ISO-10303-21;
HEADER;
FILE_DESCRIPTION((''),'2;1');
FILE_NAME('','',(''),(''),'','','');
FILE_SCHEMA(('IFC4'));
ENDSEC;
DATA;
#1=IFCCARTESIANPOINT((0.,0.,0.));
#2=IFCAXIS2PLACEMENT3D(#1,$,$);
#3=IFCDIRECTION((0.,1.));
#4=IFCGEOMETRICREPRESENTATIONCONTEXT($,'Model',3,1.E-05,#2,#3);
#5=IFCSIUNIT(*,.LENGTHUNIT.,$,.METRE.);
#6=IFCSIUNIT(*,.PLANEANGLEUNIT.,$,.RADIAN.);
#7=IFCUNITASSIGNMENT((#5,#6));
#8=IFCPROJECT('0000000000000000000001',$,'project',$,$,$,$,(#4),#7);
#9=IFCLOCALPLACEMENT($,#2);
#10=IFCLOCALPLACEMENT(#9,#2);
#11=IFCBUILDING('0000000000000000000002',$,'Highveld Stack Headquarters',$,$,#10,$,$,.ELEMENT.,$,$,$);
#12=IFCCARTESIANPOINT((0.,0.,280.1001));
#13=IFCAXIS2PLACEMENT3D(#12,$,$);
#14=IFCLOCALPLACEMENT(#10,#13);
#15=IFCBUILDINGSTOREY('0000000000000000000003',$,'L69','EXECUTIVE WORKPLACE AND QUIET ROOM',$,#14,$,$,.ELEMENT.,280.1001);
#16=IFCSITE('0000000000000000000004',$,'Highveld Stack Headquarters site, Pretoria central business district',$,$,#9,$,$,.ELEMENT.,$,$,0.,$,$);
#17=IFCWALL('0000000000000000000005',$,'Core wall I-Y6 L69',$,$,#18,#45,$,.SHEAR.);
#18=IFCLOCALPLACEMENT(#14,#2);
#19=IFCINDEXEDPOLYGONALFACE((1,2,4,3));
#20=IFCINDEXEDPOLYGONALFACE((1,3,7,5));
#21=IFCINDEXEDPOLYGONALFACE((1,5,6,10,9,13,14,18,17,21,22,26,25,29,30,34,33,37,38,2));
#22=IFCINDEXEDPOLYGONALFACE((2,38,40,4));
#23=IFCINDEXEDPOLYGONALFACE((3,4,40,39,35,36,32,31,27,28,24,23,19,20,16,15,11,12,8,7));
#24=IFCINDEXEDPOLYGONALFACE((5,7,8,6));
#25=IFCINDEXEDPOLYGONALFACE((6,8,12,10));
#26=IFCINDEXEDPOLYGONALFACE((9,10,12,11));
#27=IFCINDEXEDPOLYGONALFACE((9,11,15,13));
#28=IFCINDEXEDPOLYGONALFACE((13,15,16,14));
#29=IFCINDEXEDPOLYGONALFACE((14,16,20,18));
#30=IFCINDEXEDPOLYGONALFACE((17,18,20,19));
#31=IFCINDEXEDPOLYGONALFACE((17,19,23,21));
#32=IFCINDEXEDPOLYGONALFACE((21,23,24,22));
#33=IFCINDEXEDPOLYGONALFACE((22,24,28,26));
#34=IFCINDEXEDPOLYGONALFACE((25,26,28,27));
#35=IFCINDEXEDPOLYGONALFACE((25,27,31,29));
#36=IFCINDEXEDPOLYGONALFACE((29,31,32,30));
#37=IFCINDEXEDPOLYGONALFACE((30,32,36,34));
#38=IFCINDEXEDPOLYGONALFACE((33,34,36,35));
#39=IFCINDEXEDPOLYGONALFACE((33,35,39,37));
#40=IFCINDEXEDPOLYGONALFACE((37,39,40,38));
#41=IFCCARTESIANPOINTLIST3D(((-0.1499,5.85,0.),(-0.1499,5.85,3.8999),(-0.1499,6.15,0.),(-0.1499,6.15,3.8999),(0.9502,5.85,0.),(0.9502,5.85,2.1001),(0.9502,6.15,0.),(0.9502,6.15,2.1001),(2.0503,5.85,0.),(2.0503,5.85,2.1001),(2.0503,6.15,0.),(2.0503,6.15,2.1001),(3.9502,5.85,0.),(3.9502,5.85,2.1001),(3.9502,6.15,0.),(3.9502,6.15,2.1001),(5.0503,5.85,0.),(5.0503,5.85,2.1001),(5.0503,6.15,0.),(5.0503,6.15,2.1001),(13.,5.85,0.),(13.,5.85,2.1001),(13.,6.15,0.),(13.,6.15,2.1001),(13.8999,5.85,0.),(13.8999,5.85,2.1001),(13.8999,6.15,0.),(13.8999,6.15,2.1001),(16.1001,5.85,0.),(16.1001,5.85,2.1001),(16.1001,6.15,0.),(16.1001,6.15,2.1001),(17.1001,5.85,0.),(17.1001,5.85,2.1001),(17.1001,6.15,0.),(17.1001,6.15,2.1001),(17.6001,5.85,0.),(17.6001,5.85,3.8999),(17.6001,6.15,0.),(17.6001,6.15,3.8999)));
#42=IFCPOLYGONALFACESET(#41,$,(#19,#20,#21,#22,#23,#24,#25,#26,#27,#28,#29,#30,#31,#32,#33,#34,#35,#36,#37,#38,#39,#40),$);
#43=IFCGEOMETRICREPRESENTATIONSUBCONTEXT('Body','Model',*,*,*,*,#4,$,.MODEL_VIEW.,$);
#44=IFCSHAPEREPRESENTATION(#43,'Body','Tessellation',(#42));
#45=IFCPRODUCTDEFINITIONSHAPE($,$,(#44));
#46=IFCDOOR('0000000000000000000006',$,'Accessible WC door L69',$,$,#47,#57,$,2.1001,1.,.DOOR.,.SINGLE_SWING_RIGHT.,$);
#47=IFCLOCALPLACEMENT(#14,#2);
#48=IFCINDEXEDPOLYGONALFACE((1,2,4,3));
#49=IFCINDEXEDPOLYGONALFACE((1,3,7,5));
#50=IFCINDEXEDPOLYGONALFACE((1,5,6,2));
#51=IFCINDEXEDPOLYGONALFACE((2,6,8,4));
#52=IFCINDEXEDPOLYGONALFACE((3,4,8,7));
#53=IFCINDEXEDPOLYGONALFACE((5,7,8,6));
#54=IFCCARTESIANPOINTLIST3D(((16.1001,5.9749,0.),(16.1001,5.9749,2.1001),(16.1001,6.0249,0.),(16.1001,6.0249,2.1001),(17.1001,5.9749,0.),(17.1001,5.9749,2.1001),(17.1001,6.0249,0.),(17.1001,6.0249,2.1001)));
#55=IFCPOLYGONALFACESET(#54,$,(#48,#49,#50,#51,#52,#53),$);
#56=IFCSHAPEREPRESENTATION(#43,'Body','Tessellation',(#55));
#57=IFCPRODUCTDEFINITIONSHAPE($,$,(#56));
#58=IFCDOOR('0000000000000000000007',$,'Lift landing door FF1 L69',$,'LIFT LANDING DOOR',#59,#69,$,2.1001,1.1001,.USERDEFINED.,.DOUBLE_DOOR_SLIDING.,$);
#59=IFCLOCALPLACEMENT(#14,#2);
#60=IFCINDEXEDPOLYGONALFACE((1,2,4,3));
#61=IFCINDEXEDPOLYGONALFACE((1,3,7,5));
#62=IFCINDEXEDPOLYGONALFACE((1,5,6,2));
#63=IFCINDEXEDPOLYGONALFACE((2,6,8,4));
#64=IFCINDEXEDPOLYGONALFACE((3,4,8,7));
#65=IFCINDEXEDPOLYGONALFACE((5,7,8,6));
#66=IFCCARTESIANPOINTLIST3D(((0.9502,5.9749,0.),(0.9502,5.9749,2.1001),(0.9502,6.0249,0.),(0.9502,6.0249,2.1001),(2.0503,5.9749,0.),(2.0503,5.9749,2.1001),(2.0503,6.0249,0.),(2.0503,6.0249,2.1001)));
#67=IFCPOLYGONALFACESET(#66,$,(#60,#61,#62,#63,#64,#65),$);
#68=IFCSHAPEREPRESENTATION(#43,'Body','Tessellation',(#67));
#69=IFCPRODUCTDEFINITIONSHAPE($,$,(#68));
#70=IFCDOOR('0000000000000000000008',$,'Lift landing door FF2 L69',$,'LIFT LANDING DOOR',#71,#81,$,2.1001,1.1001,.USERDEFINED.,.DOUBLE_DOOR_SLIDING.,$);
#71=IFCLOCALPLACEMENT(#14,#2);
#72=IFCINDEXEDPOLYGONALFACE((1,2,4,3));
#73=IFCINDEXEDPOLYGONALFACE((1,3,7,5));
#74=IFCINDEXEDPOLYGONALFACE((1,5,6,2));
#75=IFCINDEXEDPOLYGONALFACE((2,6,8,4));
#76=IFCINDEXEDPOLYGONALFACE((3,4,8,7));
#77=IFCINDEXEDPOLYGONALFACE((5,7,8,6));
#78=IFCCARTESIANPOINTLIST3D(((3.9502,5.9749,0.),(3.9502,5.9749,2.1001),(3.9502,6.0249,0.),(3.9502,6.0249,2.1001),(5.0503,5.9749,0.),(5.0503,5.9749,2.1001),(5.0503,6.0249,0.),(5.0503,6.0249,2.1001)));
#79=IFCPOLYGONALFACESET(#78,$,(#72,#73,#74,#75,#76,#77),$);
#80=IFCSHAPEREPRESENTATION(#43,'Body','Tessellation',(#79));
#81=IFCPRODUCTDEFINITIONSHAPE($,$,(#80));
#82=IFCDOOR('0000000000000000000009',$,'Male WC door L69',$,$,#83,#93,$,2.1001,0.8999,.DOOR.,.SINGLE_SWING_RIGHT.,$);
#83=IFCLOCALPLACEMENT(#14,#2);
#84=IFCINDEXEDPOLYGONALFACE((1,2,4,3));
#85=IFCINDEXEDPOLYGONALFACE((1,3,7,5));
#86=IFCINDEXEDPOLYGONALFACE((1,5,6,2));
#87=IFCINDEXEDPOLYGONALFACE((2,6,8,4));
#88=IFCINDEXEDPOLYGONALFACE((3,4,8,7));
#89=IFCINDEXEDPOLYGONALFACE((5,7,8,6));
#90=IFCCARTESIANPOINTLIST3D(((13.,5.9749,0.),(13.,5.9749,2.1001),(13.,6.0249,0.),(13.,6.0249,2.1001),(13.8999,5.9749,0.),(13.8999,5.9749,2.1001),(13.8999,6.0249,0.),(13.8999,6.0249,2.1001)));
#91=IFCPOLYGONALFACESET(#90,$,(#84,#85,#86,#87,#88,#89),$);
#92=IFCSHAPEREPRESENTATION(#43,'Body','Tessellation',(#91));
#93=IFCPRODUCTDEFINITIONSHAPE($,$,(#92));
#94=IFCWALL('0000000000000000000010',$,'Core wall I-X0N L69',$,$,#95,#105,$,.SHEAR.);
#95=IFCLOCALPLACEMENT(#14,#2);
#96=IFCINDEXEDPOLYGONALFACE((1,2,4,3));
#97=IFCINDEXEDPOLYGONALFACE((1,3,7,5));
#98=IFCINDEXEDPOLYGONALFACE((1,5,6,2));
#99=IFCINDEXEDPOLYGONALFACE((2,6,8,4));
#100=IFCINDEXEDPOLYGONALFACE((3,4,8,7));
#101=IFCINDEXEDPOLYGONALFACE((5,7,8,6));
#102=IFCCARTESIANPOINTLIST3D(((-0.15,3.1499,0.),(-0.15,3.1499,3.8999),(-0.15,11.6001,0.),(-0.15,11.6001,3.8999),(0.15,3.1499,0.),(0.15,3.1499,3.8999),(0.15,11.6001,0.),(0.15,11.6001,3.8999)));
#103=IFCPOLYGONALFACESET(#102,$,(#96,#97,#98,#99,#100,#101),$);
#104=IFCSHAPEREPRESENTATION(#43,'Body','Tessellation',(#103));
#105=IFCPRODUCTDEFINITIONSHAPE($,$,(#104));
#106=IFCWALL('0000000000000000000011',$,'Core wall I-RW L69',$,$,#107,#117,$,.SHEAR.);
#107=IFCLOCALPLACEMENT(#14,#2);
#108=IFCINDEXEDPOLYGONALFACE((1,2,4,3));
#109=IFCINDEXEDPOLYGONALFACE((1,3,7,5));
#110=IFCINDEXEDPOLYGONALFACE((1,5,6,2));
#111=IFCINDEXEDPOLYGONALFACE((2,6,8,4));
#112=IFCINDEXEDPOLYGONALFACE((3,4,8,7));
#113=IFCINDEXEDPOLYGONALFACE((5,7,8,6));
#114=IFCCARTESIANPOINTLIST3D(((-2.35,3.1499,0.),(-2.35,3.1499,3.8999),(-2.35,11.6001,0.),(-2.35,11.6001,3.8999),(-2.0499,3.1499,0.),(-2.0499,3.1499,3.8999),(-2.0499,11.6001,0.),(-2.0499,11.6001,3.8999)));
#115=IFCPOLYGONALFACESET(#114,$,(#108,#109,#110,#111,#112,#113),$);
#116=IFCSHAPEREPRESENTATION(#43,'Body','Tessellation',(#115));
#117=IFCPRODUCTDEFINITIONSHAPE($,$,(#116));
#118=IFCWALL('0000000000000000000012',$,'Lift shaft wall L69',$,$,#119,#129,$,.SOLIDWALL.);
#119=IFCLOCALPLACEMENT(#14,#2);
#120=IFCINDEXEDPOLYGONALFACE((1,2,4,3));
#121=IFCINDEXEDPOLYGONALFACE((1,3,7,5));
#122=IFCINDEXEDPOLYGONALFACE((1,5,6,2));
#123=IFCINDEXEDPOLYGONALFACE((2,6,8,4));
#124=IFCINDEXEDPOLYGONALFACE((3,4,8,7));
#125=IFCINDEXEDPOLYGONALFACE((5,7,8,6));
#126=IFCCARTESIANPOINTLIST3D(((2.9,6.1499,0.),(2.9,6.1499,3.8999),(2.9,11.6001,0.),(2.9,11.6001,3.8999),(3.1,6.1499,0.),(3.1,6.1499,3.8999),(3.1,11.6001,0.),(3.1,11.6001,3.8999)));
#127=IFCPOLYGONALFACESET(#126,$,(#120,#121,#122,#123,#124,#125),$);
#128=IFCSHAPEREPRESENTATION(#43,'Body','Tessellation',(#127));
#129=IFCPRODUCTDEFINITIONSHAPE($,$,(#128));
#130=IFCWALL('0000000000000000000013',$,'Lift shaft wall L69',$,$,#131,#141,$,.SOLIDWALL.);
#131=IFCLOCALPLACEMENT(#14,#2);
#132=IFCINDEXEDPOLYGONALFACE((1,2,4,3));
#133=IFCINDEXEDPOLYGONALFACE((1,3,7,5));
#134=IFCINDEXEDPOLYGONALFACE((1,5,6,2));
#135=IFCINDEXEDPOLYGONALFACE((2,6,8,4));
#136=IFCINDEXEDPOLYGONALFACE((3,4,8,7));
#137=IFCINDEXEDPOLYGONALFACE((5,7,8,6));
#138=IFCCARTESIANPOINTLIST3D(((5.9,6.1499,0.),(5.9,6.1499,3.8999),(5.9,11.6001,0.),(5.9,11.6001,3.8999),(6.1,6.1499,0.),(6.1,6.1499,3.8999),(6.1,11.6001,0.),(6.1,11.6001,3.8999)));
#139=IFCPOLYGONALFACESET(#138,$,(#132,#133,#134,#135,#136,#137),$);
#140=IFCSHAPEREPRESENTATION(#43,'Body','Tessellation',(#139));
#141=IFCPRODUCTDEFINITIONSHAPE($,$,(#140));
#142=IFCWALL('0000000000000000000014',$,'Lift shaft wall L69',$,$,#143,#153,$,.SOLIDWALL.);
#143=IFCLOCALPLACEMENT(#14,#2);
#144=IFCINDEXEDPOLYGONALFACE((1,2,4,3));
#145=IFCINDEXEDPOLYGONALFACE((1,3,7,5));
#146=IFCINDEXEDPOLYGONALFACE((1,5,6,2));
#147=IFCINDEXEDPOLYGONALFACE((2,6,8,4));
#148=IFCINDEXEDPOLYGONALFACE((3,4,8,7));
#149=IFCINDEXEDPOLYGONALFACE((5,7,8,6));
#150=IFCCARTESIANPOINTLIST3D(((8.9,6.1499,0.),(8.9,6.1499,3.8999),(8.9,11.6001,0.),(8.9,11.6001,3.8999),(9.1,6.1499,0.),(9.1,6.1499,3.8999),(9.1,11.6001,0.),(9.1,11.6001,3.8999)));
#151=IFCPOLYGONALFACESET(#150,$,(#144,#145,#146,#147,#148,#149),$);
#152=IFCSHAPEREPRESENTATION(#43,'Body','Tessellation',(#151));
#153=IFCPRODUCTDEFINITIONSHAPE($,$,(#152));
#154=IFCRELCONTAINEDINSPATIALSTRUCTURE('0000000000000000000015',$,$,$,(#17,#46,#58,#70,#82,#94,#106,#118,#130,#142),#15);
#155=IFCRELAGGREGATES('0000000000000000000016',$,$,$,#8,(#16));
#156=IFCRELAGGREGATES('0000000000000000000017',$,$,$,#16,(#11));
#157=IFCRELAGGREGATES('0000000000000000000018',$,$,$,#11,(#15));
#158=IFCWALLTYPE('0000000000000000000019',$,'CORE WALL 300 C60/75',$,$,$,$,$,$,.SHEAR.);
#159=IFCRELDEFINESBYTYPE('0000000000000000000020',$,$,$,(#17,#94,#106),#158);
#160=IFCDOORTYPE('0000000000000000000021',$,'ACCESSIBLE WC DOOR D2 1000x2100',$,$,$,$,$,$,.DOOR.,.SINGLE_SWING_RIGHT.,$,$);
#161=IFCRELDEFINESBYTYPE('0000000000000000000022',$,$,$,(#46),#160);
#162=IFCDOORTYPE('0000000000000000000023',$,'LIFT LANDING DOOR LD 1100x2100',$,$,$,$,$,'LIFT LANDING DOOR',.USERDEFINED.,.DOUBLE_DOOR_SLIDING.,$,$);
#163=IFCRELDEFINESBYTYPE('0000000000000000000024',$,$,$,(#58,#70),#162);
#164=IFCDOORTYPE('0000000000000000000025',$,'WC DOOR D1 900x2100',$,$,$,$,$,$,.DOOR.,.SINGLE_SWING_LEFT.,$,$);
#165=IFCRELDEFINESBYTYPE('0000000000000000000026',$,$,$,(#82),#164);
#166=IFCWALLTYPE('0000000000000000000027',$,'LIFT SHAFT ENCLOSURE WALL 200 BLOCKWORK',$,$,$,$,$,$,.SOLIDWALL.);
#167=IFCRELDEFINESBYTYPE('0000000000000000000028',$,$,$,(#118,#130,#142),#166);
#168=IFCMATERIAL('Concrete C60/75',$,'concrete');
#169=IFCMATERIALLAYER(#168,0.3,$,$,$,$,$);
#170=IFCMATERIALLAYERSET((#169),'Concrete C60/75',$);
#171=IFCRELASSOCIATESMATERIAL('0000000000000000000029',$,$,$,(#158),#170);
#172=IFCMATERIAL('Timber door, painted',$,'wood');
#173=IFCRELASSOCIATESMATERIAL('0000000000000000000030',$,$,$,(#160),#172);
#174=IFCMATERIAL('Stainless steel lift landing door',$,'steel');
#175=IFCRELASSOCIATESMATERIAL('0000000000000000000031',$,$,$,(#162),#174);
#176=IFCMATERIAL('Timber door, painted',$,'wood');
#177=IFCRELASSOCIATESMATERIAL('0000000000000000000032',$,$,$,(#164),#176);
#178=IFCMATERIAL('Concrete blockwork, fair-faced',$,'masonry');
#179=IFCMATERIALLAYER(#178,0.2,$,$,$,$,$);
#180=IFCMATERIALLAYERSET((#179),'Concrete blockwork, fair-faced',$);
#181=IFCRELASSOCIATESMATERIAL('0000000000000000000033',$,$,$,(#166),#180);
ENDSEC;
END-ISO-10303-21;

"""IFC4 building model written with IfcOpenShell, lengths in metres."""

from ifc_helpers import new_model, si_unit, direction, frame, frame_2d, origin, place, context, subcontext, project, spatial, rectangle, extrude, material, layer, layer_set, type_object, element, fill, save


model = new_model("IFC4")

# Units and contexts
model_context = context("Model", 3, precision=1e-05, world=origin(), true_north=direction((0.0, 1.0)))
body_context = subcontext(model_context, "Body", "Model", "MODEL_VIEW")
ifc_project = project(units=[si_unit("LENGTHUNIT", "METRE"), si_unit("PLANEANGLEUNIT", "RADIAN")], contexts=[model_context])

# Site, building, storey
site_placement = place(None, origin())
site = spatial("IfcSite", under=ifc_project, at=site_placement, Name="Highveld Stack Headquarters site, Pretoria central business district", CompositionType="ELEMENT", RefElevation=0.0)
building_placement = place(site_placement, origin())
building = spatial("IfcBuilding", under=site, at=building_placement, Name="Highveld Stack Headquarters", CompositionType="ELEMENT")
storey_placement = place(building_placement, frame((0.0, 0.0, 280.1001)))
storey = spatial("IfcBuildingStorey", under=building, at=storey_placement, Name="L69", Description="EXECUTIVE WORKPLACE AND QUIET ROOM", CompositionType="ELEMENT", Elevation=280.1001)

# Wall, openings, doors
ifc_material_1 = material(Name="Concrete C60/75", Category="concrete")
ifc_layer_1 = layer(ifc_material_1, 0.3)
ifc_layer_set_1 = layer_set([ifc_layer_1], Name="Concrete C60/75")
wall_type_1 = type_object("IfcWallType", Name="CORE WALL 300 C60/75", PredefinedType="SHEAR", material=ifc_layer_set_1)
wall_placement = place(storey_placement, frame((-0.1499, 6.0, 0.0), z_axis=(0.0, 0.0, 1.0), x_axis=(1.0, 0.0, 0.0)))
wall = element("IfcWall", 1, at=wall_placement, inside=storey, type_object=wall_type_1, Name="Core wall I-Y6 L69", PredefinedType="SHEAR", context=body_context, shape_type="SweptSolid", body=[
    extrude(rectangle(XDim=17.75, YDim=0.3, at=frame_2d((8.875, 0.0))), origin(), (0.0, 0.0, 1.0), 3.8999),
])
opening_1_placement = place(wall_placement, frame((13.1499, 0.0, 0.0)))
opening_1 = element("IfcOpeningElement", 2, at=opening_1_placement, cuts=wall, PredefinedType="OPENING", context=body_context, shape_type="SweptSolid", body=[
    extrude(rectangle(XDim=0.8999, YDim=2.1001, at=frame_2d((0.45, 1.05))), frame((0.0, 0.1599, 0.0), z_axis=(0.0, -1.0, 0.0), x_axis=(1.0, 0.0, 0.0)), (0.0, 0.0, 1.0), 0.3201),
])
opening_2_placement = place(wall_placement, frame((16.25, 0.0, 0.0)))
opening_2 = element("IfcOpeningElement", 3, at=opening_2_placement, cuts=wall, PredefinedType="OPENING", context=body_context, shape_type="SweptSolid", body=[
    extrude(rectangle(XDim=1.0, YDim=2.1001, at=frame_2d((0.5, 1.05))), frame((0.0, 0.1599, 0.0), z_axis=(0.0, -1.0, 0.0), x_axis=(1.0, 0.0, 0.0)), (0.0, 0.0, 1.0), 0.3201),
])
opening_3_placement = place(wall_placement, frame((1.1001, 0.0, 0.0)))
opening_3 = element("IfcOpeningElement", 4, at=opening_3_placement, cuts=wall, PredefinedType="OPENING", context=body_context, shape_type="SweptSolid", body=[
    extrude(rectangle(XDim=1.1001, YDim=2.1001, at=frame_2d((0.55, 1.05))), frame((0.0, 0.1599, 0.0), z_axis=(0.0, -1.0, 0.0), x_axis=(1.0, 0.0, 0.0)), (0.0, 0.0, 1.0), 0.3201),
])
opening_4_placement = place(wall_placement, frame((4.1001, 0.0, 0.0)))
opening_4 = element("IfcOpeningElement", 5, at=opening_4_placement, cuts=wall, PredefinedType="OPENING", context=body_context, shape_type="SweptSolid", body=[
    extrude(rectangle(XDim=1.1001, YDim=2.1001, at=frame_2d((0.55, 1.05))), frame((0.0, 0.1599, 0.0), z_axis=(0.0, -1.0, 0.0), x_axis=(1.0, 0.0, 0.0)), (0.0, 0.0, 1.0), 0.3201),
])
ifc_material_2 = material(Name="Timber door, painted", Category="wood")
door_type_1 = type_object("IfcDoorType", Name="ACCESSIBLE WC DOOR D2 1000x2100", OperationType="SINGLE_SWING_RIGHT", PredefinedType="DOOR", material=ifc_material_2)
door_1_placement = place(opening_2_placement, origin())
door_1 = element("IfcDoor", 6, at=door_1_placement, inside=storey, type_object=door_type_1, Name="Accessible WC door L69", OperationType="SINGLE_SWING_RIGHT", OverallHeight=2.1001, OverallWidth=1.0, PredefinedType="DOOR", context=body_context, shape_type="SweptSolid", body=[
    extrude(rectangle(XDim=1.0, YDim=2.1001, at=frame_2d((0.5, 1.05))), frame((0.0, 0.0249, 0.0), z_axis=(0.0, -1.0, 0.0), x_axis=(1.0, 0.0, 0.0)), (0.0, 0.0, 1.0), 0.05),
])
fill(opening_2, door_1)
ifc_material_3 = material(Name="Stainless steel lift landing door", Category="steel")
door_type_2 = type_object("IfcDoorType", Name="LIFT LANDING DOOR LD 1100x2100", ElementType="LIFT LANDING DOOR", OperationType="DOUBLE_DOOR_SLIDING", PredefinedType="USERDEFINED", material=ifc_material_3)
door_2_placement = place(opening_3_placement, origin())
door_2 = element("IfcDoor", 7, at=door_2_placement, inside=storey, type_object=door_type_2, Name="Lift landing door FF1 L69", ObjectType="LIFT LANDING DOOR", OperationType="DOUBLE_DOOR_SLIDING", OverallHeight=2.1001, OverallWidth=1.1001, PredefinedType="USERDEFINED", context=body_context, shape_type="SweptSolid", body=[
    extrude(rectangle(XDim=1.1001, YDim=2.1001, at=frame_2d((0.55, 1.05))), frame((0.0, 0.0249, 0.0), z_axis=(0.0, -1.0, 0.0), x_axis=(1.0, 0.0, 0.0)), (0.0, 0.0, 1.0), 0.05),
])
fill(opening_3, door_2)
door_3_placement = place(opening_4_placement, origin())
door_3 = element("IfcDoor", 8, at=door_3_placement, inside=storey, type_object=door_type_2, Name="Lift landing door FF2 L69", ObjectType="LIFT LANDING DOOR", OperationType="DOUBLE_DOOR_SLIDING", OverallHeight=2.1001, OverallWidth=1.1001, PredefinedType="USERDEFINED", context=body_context, shape_type="SweptSolid", body=[
    extrude(rectangle(XDim=1.1001, YDim=2.1001, at=frame_2d((0.55, 1.05))), frame((0.0, 0.0249, 0.0), z_axis=(0.0, -1.0, 0.0), x_axis=(1.0, 0.0, 0.0)), (0.0, 0.0, 1.0), 0.05),
])
fill(opening_4, door_3)
ifc_material_4 = material(Name="Timber door, painted", Category="wood")
door_type_3 = type_object("IfcDoorType", Name="WC DOOR D1 900x2100", OperationType="SINGLE_SWING_LEFT", PredefinedType="DOOR", material=ifc_material_4)
door_4_placement = place(opening_1_placement, origin())
door_4 = element("IfcDoor", 9, at=door_4_placement, inside=storey, type_object=door_type_3, Name="Male WC door L69", OperationType="SINGLE_SWING_RIGHT", OverallHeight=2.1001, OverallWidth=0.8999, PredefinedType="DOOR", context=body_context, shape_type="SweptSolid", body=[
    extrude(rectangle(XDim=0.8999, YDim=2.1001, at=frame_2d((0.45, 1.05))), frame((0.0, 0.0249, 0.0), z_axis=(0.0, -1.0, 0.0), x_axis=(1.0, 0.0, 0.0)), (0.0, 0.0, 1.0), 0.05),
])
fill(opening_1, door_4)

# Walls
for number, where, z_axis, x_axis, name in (
    (10, (0.0, 3.1499, 0.0), (0.0, 0.0, 1.0), (0.0, 1.0, 0.0), "Core wall I-X0N L69"),
    (11, (-2.2, 3.1499, 0.0), (0.0, 0.0, 1.0), (0.0, 1.0, 0.0), "Core wall I-RW L69"),
):
    element("IfcWall", number, at=place(storey_placement, frame(where, z_axis=z_axis, x_axis=x_axis)), inside=storey, type_object=wall_type_1, Name=name, PredefinedType="SHEAR", context=body_context, shape_type="SweptSolid", body=[
        extrude(rectangle(XDim=8.4502, YDim=0.3, at=frame_2d((4.2251, 0.0))), origin(), (0.0, 0.0, 1.0), 3.8999),
    ])
ifc_material_5 = material(Name="Concrete blockwork, fair-faced", Category="masonry")
ifc_layer_2 = layer(ifc_material_5, 0.2)
ifc_layer_set_2 = layer_set([ifc_layer_2], Name="Concrete blockwork, fair-faced")
wall_type_2 = type_object("IfcWallType", Name="LIFT SHAFT ENCLOSURE WALL 200 BLOCKWORK", PredefinedType="SOLIDWALL", material=ifc_layer_set_2)
for number, where, z_axis, x_axis, name in (
    (12, (3.0, 6.1499, 0.0), (0.0, 0.0, 1.0), (0.0, 1.0, 0.0), "Lift shaft wall L69"),
    (13, (6.0, 6.1499, 0.0), (0.0, 0.0, 1.0), (0.0, 1.0, 0.0), "Lift shaft wall L69"),
    (14, (9.0, 6.1499, 0.0), (0.0, 0.0, 1.0), (0.0, 1.0, 0.0), "Lift shaft wall L69"),
):
    element("IfcWall", number, at=place(storey_placement, frame(where, z_axis=z_axis, x_axis=x_axis)), inside=storey, type_object=wall_type_2, Name=name, PredefinedType="SOLIDWALL", context=body_context, shape_type="SweptSolid", body=[
        extrude(rectangle(XDim=5.4502, YDim=0.2, at=frame_2d((2.7251, 0.0))), origin(), (0.0, 0.0, 1.0), 3.8999),
    ])

save(model, "model.ifc")
